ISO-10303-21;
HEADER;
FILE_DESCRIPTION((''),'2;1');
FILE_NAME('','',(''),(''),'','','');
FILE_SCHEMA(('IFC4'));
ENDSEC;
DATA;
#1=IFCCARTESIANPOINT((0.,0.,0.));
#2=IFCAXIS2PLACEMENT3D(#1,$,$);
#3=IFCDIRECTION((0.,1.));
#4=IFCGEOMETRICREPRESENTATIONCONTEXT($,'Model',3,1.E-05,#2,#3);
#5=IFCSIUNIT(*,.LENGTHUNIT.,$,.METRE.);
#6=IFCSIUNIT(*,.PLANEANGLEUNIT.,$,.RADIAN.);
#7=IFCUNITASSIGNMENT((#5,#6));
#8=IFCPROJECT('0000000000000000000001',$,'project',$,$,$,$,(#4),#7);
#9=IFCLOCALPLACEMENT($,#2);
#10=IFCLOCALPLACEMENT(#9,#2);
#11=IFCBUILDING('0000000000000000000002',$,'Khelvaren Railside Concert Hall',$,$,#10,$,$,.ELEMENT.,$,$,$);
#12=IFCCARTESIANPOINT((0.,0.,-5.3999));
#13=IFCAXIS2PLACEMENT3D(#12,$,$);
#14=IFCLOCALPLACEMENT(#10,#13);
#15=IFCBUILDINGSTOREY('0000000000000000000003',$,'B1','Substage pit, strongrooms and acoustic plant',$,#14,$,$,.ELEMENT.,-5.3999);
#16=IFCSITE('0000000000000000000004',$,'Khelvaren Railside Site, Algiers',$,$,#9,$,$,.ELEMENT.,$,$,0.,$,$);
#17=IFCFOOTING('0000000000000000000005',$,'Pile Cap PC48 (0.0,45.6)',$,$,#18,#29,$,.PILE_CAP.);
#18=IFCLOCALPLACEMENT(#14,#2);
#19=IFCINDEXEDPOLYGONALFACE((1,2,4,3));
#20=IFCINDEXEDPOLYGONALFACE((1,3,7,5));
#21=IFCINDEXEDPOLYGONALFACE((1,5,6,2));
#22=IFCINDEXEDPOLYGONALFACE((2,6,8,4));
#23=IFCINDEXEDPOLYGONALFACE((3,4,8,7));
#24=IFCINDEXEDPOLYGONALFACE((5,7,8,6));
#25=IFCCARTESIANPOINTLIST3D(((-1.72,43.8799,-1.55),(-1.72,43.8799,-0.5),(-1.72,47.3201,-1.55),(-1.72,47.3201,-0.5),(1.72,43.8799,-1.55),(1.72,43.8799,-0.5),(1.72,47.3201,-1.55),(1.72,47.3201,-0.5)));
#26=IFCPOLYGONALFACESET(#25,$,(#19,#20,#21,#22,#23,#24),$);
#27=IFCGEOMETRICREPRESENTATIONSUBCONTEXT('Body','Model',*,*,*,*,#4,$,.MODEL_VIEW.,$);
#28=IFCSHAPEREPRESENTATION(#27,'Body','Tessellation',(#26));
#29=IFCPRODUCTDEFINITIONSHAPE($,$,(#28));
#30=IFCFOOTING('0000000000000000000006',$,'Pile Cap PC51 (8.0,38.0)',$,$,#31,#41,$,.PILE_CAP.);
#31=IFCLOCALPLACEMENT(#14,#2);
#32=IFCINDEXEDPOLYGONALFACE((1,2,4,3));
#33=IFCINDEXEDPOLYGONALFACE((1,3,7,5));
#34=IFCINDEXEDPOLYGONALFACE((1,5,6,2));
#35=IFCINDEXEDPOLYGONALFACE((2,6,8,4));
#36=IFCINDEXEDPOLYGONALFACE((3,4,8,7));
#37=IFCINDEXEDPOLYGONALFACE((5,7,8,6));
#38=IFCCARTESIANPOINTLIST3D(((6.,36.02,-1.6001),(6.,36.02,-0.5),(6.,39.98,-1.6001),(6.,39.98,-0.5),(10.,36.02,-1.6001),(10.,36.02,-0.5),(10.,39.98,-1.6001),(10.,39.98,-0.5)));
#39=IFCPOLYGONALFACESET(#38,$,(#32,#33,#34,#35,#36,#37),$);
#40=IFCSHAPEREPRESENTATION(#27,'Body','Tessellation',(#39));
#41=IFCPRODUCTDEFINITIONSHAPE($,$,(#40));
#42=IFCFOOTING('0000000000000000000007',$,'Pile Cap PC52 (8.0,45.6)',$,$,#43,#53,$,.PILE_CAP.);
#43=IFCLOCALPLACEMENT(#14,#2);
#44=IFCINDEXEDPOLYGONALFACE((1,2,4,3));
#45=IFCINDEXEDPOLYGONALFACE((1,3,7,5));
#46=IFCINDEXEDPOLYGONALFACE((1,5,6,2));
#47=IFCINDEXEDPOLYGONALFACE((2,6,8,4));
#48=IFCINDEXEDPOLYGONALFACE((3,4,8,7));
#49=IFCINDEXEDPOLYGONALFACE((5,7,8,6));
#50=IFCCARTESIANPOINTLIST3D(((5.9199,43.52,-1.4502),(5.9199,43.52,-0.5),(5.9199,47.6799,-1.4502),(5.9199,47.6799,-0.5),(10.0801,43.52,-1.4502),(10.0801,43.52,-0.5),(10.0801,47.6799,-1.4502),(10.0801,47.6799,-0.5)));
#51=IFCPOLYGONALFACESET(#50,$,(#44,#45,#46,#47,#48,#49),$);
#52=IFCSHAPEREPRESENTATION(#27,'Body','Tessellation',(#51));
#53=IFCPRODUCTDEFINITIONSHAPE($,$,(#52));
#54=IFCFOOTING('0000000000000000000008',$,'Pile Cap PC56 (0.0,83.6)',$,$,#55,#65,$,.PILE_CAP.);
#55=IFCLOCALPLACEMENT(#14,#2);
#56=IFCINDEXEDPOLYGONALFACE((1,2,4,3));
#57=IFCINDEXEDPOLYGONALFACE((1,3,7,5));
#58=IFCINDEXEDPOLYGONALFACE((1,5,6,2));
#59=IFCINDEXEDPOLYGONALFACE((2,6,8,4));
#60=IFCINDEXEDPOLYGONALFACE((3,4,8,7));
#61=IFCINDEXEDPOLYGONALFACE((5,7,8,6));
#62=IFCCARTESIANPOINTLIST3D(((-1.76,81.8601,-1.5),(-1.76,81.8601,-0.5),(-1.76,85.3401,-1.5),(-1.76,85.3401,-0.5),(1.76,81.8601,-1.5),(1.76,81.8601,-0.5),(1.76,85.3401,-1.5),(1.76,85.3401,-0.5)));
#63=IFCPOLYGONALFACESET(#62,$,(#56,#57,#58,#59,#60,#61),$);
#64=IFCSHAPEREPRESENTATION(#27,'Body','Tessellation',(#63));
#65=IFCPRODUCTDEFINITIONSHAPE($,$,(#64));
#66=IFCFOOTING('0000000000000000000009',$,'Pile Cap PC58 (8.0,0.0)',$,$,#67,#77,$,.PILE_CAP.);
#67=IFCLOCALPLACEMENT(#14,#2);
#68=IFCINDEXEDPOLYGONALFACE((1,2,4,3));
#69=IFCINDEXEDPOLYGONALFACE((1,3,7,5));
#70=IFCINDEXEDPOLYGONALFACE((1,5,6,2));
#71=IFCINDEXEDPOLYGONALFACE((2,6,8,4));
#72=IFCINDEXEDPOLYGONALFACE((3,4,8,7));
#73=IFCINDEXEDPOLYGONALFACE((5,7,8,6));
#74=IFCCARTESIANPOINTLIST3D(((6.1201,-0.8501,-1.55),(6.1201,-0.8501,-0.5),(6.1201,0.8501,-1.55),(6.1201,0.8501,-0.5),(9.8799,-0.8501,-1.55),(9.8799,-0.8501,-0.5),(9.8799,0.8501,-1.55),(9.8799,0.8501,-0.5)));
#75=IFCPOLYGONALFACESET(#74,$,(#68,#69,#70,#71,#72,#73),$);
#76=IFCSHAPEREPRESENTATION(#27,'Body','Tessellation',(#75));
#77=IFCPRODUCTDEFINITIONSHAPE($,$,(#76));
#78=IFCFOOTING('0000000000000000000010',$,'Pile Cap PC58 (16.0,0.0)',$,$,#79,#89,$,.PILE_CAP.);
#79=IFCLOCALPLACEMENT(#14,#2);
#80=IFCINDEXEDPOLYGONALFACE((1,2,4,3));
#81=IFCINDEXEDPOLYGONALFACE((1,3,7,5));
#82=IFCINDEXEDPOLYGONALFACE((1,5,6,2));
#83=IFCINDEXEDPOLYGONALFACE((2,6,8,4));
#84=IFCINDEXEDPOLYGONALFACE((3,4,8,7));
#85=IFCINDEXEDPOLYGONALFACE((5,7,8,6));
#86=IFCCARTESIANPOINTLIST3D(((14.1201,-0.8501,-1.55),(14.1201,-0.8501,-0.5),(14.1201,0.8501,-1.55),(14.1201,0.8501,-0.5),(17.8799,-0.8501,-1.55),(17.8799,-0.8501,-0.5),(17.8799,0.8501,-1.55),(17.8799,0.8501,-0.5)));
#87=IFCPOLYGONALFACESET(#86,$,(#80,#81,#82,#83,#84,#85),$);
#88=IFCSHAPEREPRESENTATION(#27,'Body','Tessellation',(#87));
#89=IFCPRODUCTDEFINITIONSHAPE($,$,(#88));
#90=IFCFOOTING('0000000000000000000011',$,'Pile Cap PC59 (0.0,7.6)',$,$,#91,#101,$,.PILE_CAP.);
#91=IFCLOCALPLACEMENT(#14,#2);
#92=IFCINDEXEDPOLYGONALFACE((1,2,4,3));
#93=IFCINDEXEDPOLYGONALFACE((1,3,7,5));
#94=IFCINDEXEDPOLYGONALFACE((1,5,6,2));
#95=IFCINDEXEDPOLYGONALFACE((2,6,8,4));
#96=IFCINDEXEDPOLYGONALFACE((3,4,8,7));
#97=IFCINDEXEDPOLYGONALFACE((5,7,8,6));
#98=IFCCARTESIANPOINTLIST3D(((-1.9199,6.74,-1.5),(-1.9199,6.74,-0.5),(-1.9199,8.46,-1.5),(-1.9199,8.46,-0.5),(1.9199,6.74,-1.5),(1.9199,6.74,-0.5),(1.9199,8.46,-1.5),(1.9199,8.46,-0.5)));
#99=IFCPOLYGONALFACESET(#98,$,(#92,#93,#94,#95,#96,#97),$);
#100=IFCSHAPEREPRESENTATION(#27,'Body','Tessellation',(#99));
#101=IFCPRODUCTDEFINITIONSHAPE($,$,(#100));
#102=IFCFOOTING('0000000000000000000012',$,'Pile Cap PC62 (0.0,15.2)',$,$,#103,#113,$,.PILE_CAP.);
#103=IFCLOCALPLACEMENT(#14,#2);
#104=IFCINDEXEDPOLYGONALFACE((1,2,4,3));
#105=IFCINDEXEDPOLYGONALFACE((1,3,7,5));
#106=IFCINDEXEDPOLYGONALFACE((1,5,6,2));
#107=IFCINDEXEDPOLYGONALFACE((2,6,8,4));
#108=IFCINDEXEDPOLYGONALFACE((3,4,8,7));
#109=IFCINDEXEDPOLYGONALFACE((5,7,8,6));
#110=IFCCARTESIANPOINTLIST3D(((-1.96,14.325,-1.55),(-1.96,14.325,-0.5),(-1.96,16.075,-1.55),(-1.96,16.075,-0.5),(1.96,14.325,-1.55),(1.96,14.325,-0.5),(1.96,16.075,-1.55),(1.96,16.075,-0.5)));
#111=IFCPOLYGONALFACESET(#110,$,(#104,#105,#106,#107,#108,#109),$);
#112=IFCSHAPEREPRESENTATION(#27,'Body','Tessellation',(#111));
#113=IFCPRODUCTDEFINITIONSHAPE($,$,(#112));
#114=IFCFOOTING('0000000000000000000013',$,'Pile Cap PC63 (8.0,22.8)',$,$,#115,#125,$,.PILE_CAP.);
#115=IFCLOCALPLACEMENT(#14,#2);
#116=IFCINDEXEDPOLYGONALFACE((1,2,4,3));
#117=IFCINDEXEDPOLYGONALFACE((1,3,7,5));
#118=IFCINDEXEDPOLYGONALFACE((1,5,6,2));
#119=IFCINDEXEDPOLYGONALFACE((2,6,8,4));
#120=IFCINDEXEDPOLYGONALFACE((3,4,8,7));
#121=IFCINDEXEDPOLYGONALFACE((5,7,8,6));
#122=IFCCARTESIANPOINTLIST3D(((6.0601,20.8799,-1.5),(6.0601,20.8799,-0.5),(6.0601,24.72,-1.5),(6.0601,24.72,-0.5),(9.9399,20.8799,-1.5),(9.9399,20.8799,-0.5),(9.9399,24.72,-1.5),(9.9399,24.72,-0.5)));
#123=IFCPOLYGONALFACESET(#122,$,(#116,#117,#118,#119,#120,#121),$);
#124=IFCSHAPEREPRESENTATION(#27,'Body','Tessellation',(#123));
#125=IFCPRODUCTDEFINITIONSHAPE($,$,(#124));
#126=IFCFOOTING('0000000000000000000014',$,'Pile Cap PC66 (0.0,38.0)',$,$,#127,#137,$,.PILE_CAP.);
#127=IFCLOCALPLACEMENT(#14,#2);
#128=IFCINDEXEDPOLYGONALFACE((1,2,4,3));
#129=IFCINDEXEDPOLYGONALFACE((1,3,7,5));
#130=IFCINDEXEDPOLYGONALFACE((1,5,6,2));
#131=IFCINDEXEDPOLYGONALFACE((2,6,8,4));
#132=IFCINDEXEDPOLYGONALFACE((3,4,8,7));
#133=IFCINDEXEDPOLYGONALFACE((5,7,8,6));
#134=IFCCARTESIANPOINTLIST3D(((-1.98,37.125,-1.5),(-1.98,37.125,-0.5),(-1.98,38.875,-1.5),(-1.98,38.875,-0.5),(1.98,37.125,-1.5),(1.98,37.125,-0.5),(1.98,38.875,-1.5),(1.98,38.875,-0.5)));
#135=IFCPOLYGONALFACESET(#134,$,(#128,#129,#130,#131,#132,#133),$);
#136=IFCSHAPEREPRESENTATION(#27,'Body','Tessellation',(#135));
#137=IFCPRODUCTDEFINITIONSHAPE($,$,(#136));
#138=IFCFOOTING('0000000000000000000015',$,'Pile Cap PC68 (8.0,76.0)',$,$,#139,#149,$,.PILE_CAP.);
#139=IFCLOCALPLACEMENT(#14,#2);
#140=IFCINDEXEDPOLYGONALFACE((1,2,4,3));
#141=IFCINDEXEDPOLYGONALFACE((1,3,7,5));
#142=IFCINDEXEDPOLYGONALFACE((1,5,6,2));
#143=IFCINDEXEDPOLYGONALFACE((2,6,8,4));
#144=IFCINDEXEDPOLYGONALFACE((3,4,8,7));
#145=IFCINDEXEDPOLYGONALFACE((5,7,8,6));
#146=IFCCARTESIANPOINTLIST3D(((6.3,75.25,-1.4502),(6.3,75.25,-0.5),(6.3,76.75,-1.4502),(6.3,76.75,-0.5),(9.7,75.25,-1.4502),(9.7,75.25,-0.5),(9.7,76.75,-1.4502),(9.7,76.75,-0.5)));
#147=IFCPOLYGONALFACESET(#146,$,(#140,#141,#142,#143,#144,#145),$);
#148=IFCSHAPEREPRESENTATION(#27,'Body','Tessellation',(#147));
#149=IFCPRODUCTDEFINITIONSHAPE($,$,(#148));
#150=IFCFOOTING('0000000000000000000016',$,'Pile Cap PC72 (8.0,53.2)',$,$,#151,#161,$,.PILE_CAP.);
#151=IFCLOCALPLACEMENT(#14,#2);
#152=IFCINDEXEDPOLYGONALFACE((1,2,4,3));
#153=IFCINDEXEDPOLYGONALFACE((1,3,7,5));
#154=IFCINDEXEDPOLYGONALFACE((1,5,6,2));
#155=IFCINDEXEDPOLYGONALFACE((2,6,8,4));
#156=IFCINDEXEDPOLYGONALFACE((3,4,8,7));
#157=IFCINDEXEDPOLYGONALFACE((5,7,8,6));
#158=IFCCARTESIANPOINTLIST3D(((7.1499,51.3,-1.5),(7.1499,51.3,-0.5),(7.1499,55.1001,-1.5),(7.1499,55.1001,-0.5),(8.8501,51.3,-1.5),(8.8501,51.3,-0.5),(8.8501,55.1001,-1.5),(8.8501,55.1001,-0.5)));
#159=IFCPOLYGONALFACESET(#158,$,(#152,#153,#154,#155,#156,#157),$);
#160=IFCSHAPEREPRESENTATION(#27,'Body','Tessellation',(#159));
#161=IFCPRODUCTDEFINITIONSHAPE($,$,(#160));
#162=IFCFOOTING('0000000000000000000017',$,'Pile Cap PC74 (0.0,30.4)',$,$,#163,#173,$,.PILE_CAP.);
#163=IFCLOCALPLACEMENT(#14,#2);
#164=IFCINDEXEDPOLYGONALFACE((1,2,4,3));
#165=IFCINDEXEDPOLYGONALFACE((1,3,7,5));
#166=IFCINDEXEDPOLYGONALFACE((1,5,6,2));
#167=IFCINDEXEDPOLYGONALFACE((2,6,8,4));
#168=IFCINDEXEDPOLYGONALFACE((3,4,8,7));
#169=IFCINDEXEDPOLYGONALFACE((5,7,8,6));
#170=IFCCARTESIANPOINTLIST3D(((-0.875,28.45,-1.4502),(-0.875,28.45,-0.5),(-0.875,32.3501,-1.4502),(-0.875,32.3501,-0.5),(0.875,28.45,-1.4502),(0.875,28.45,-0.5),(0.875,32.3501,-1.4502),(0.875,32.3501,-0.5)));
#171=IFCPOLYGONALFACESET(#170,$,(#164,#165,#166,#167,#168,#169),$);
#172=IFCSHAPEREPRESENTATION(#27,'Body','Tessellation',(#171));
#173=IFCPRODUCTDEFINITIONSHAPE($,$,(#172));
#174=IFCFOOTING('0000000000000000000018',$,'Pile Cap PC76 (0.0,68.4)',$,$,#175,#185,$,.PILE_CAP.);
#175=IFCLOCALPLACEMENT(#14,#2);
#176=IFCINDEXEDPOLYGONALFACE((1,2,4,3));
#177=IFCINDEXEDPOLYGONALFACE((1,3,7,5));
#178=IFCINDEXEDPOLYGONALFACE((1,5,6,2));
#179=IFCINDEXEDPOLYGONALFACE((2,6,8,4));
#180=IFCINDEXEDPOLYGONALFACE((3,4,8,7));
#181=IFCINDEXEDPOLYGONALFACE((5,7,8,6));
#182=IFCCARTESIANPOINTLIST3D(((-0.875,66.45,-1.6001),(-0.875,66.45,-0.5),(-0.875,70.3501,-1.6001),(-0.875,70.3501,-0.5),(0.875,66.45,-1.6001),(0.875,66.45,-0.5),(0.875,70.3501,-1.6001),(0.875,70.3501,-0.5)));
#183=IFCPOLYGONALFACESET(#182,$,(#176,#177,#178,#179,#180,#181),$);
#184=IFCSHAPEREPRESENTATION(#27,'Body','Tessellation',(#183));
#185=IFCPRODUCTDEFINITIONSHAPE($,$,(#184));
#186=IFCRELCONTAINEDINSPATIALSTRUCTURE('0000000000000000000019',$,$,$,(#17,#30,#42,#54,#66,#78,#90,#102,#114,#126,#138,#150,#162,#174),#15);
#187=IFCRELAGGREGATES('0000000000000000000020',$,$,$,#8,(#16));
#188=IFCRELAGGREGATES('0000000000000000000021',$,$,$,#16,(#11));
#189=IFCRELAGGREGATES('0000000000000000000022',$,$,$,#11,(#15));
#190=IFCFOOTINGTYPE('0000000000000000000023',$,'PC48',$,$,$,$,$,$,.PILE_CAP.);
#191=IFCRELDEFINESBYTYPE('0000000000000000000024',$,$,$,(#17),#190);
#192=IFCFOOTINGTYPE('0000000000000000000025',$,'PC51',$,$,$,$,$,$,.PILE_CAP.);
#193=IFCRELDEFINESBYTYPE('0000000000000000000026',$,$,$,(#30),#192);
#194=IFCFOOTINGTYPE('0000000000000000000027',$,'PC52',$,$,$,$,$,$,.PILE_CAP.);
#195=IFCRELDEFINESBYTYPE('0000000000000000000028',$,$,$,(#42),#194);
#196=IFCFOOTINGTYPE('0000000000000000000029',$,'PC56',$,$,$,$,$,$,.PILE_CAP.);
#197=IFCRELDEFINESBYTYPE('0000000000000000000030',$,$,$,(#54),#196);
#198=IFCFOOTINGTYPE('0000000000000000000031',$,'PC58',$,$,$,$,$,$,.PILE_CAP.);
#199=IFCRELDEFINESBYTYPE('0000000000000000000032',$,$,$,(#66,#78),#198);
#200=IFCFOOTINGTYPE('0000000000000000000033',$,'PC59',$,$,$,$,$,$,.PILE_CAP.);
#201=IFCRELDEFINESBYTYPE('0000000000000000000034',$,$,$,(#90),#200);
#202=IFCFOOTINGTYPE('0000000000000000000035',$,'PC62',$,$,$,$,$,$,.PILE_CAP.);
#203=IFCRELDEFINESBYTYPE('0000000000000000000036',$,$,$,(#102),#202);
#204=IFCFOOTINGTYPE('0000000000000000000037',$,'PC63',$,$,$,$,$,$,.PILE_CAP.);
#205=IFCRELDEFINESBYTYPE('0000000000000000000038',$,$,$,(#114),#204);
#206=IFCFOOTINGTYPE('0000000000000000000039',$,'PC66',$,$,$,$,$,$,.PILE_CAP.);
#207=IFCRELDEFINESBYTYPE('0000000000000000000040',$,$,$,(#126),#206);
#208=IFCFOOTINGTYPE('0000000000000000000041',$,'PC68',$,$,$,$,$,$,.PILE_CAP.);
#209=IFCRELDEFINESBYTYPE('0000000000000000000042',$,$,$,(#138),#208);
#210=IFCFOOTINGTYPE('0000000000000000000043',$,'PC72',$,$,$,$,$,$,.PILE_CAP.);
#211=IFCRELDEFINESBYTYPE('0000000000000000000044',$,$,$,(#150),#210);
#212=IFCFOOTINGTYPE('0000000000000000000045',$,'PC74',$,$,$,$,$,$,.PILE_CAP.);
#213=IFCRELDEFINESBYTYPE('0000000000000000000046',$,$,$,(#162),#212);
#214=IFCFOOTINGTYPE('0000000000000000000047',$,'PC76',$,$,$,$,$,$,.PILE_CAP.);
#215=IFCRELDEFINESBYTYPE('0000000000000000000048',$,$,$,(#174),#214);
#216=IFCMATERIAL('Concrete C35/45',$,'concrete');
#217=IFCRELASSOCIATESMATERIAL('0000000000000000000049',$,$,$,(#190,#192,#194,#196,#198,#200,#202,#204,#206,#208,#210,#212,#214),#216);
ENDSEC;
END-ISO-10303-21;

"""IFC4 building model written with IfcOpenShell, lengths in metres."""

from ifc_helpers import new_model, si_unit, direction, frame, origin, place, context, subcontext, project, spatial, polyline, outline, extrude, material, type_object, element, save


model = new_model("IFC4")

# Units and contexts
model_context = context("Model", 3, precision=1e-05, world=origin(), true_north=direction((0.0, 1.0)))
body_context = subcontext(model_context, "Body", "Model", "MODEL_VIEW")
ifc_project = project(units=[si_unit("LENGTHUNIT", "METRE"), si_unit("PLANEANGLEUNIT", "RADIAN")], contexts=[model_context])

# Site, building, storey
site_placement = place(None, origin())
site = spatial("IfcSite", under=ifc_project, at=site_placement, Name="Khelvaren Railside Site, Algiers", CompositionType="ELEMENT", RefElevation=0.0)
building_placement = place(site_placement, origin())
building = spatial("IfcBuilding", under=site, at=building_placement, Name="Khelvaren Railside Concert Hall", CompositionType="ELEMENT")
storey_placement = place(building_placement, frame((0.0, 0.0, -5.3999)))
storey = spatial("IfcBuildingStorey", under=building, at=storey_placement, Name="B1", Description="Substage pit, strongrooms and acoustic plant", CompositionType="ELEMENT", Elevation=-5.3999)

# Shared definitions
ifc_material = material(Name="Concrete C35/45", Category="concrete")

# Footings
footing_type_1 = type_object("IfcFootingType", Name="PC48", PredefinedType="PILE_CAP", material=ifc_material)
footing_1_placement = place(storey_placement, frame((0.0, 0.0, -1.55)))
element("IfcFooting", 1, at=footing_1_placement, inside=storey, type_object=footing_type_1, Name="Pile Cap PC48 (0.0,45.6)", PredefinedType="PILE_CAP", context=body_context, shape_type="SweptSolid", body=[
    extrude(outline(polyline([(-1.72, 43.8799), (1.72, 43.8799), (1.72, 47.3201), (-1.72, 47.3201), (-1.72, 43.8799)])), origin(), (0.0, 0.0, 1.0), 1.05),
])
footing_type_2 = type_object("IfcFootingType", Name="PC51", PredefinedType="PILE_CAP", material=ifc_material)
footing_2_placement = place(storey_placement, frame((0.0, 0.0, -1.6001)))
element("IfcFooting", 2, at=footing_2_placement, inside=storey, type_object=footing_type_2, Name="Pile Cap PC51 (8.0,38.0)", PredefinedType="PILE_CAP", context=body_context, shape_type="SweptSolid", body=[
    extrude(outline(polyline([(6.0, 36.02), (10.0, 36.02), (10.0, 39.98), (6.0, 39.98), (6.0, 36.02)])), origin(), (0.0, 0.0, 1.0), 1.1001),
])
footing_type_3 = type_object("IfcFootingType", Name="PC52", PredefinedType="PILE_CAP", material=ifc_material)
footing_3_placement = place(storey_placement, frame((0.0, 0.0, -1.4502)))
element("IfcFooting", 3, at=footing_3_placement, inside=storey, type_object=footing_type_3, Name="Pile Cap PC52 (8.0,45.6)", PredefinedType="PILE_CAP", context=body_context, shape_type="SweptSolid", body=[
    extrude(outline(polyline([(5.9199, 43.52), (10.0801, 43.52), (10.0801, 47.6799), (5.9199, 47.6799), (5.9199, 43.52)])), origin(), (0.0, 0.0, 1.0), 0.9502),
])
footing_type_4 = type_object("IfcFootingType", Name="PC56", PredefinedType="PILE_CAP", material=ifc_material)
footing_4_placement = place(storey_placement, frame((0.0, 0.0, -1.5)))
element("IfcFooting", 4, at=footing_4_placement, inside=storey, type_object=footing_type_4, Name="Pile Cap PC56 (0.0,83.6)", PredefinedType="PILE_CAP", context=body_context, shape_type="SweptSolid", body=[
    extrude(outline(polyline([(-1.76, 81.8601), (1.76, 81.8601), (1.76, 85.3401), (-1.76, 85.3401), (-1.76, 81.8601)])), origin(), (0.0, 0.0, 1.0), 1.0),
])
footing_type_5 = type_object("IfcFootingType", Name="PC58", PredefinedType="PILE_CAP", material=ifc_material)
footing_5_placement = place(storey_placement, frame((0.0, 0.0, -1.55)))
element("IfcFooting", 5, at=footing_5_placement, inside=storey, type_object=footing_type_5, Name="Pile Cap PC58 (8.0,0.0)", PredefinedType="PILE_CAP", context=body_context, shape_type="SweptSolid", body=[
    extrude(outline(polyline([(6.1201, -0.8501), (9.8799, -0.8501), (9.8799, 0.8501), (6.1201, 0.8501), (6.1201, -0.8501)])), origin(), (0.0, 0.0, 1.0), 1.05),
])
footing_6_placement = place(storey_placement, frame((0.0, 0.0, -1.55)))
element("IfcFooting", 6, at=footing_6_placement, inside=storey, type_object=footing_type_5, Name="Pile Cap PC58 (16.0,0.0)", PredefinedType="PILE_CAP", context=body_context, shape_type="SweptSolid", body=[
    extrude(outline(polyline([(14.1201, -0.8501), (17.8799, -0.8501), (17.8799, 0.8501), (14.1201, 0.8501), (14.1201, -0.8501)])), origin(), (0.0, 0.0, 1.0), 1.05),
])
footing_type_6 = type_object("IfcFootingType", Name="PC59", PredefinedType="PILE_CAP", material=ifc_material)
footing_7_placement = place(storey_placement, frame((0.0, 0.0, -1.5)))
element("IfcFooting", 7, at=footing_7_placement, inside=storey, type_object=footing_type_6, Name="Pile Cap PC59 (0.0,7.6)", PredefinedType="PILE_CAP", context=body_context, shape_type="SweptSolid", body=[
    extrude(outline(polyline([(-1.9199, 6.74), (1.9199, 6.74), (1.9199, 8.46), (-1.9199, 8.46), (-1.9199, 6.74)])), origin(), (0.0, 0.0, 1.0), 1.0),
])
footing_type_7 = type_object("IfcFootingType", Name="PC62", PredefinedType="PILE_CAP", material=ifc_material)
footing_8_placement = place(storey_placement, frame((0.0, 0.0, -1.55)))
element("IfcFooting", 8, at=footing_8_placement, inside=storey, type_object=footing_type_7, Name="Pile Cap PC62 (0.0,15.2)", PredefinedType="PILE_CAP", context=body_context, shape_type="SweptSolid", body=[
    extrude(outline(polyline([(-1.96, 14.325), (1.96, 14.325), (1.96, 16.075), (-1.96, 16.075), (-1.96, 14.325)])), origin(), (0.0, 0.0, 1.0), 1.05),
])
footing_type_8 = type_object("IfcFootingType", Name="PC63", PredefinedType="PILE_CAP", material=ifc_material)
footing_9_placement = place(storey_placement, frame((0.0, 0.0, -1.5)))
element("IfcFooting", 9, at=footing_9_placement, inside=storey, type_object=footing_type_8, Name="Pile Cap PC63 (8.0,22.8)", PredefinedType="PILE_CAP", context=body_context, shape_type="SweptSolid", body=[
    extrude(outline(polyline([(6.0601, 20.8799), (9.9399, 20.8799), (9.9399, 24.72), (6.0601, 24.72), (6.0601, 20.8799)])), origin(), (0.0, 0.0, 1.0), 1.0),
])
footing_type_9 = type_object("IfcFootingType", Name="PC66", PredefinedType="PILE_CAP", material=ifc_material)
footing_10_placement = place(storey_placement, frame((0.0, 0.0, -1.5)))
element("IfcFooting", 10, at=footing_10_placement, inside=storey, type_object=footing_type_9, Name="Pile Cap PC66 (0.0,38.0)", PredefinedType="PILE_CAP", context=body_context, shape_type="SweptSolid", body=[
    extrude(outline(polyline([(-1.98, 37.125), (1.98, 37.125), (1.98, 38.875), (-1.98, 38.875), (-1.98, 37.125)])), origin(), (0.0, 0.0, 1.0), 1.0),
])
footing_type_10 = type_object("IfcFootingType", Name="PC68", PredefinedType="PILE_CAP", material=ifc_material)
footing_11_placement = place(storey_placement, frame((0.0, 0.0, -1.4502)))
element("IfcFooting", 11, at=footing_11_placement, inside=storey, type_object=footing_type_10, Name="Pile Cap PC68 (8.0,76.0)", PredefinedType="PILE_CAP", context=body_context, shape_type="SweptSolid", body=[
    extrude(outline(polyline([(6.3, 75.25), (9.7, 75.25), (9.7, 76.75), (6.3, 76.75), (6.3, 75.25)])), origin(), (0.0, 0.0, 1.0), 0.9502),
])
footing_type_11 = type_object("IfcFootingType", Name="PC72", PredefinedType="PILE_CAP", material=ifc_material)
footing_12_placement = place(storey_placement, frame((0.0, 0.0, -1.5)))
element("IfcFooting", 12, at=footing_12_placement, inside=storey, type_object=footing_type_11, Name="Pile Cap PC72 (8.0,53.2)", PredefinedType="PILE_CAP", context=body_context, shape_type="SweptSolid", body=[
    extrude(outline(polyline([(7.1499, 51.3), (8.8501, 51.3), (8.8501, 55.1001), (7.1499, 55.1001), (7.1499, 51.3)])), origin(), (0.0, 0.0, 1.0), 1.0),
])
footing_type_12 = type_object("IfcFootingType", Name="PC74", PredefinedType="PILE_CAP", material=ifc_material)
footing_13_placement = place(storey_placement, frame((0.0, 0.0, -1.4502)))
element("IfcFooting", 13, at=footing_13_placement, inside=storey, type_object=footing_type_12, Name="Pile Cap PC74 (0.0,30.4)", PredefinedType="PILE_CAP", context=body_context, shape_type="SweptSolid", body=[
    extrude(outline(polyline([(-0.875, 28.45), (0.875, 28.45), (0.875, 32.3501), (-0.875, 32.3501), (-0.875, 28.45)])), origin(), (0.0, 0.0, 1.0), 0.9502),
])
footing_type_13 = type_object("IfcFootingType", Name="PC76", PredefinedType="PILE_CAP", material=ifc_material)
footing_14_placement = place(storey_placement, frame((0.0, 0.0, -1.6001)))
element("IfcFooting", 14, at=footing_14_placement, inside=storey, type_object=footing_type_13, Name="Pile Cap PC76 (0.0,68.4)", PredefinedType="PILE_CAP", context=body_context, shape_type="SweptSolid", body=[
    extrude(outline(polyline([(-0.875, 66.45), (0.875, 66.45), (0.875, 70.3501), (-0.875, 70.3501), (-0.875, 66.45)])), origin(), (0.0, 0.0, 1.0), 1.1001),
])

save(model, "model.ifc")
